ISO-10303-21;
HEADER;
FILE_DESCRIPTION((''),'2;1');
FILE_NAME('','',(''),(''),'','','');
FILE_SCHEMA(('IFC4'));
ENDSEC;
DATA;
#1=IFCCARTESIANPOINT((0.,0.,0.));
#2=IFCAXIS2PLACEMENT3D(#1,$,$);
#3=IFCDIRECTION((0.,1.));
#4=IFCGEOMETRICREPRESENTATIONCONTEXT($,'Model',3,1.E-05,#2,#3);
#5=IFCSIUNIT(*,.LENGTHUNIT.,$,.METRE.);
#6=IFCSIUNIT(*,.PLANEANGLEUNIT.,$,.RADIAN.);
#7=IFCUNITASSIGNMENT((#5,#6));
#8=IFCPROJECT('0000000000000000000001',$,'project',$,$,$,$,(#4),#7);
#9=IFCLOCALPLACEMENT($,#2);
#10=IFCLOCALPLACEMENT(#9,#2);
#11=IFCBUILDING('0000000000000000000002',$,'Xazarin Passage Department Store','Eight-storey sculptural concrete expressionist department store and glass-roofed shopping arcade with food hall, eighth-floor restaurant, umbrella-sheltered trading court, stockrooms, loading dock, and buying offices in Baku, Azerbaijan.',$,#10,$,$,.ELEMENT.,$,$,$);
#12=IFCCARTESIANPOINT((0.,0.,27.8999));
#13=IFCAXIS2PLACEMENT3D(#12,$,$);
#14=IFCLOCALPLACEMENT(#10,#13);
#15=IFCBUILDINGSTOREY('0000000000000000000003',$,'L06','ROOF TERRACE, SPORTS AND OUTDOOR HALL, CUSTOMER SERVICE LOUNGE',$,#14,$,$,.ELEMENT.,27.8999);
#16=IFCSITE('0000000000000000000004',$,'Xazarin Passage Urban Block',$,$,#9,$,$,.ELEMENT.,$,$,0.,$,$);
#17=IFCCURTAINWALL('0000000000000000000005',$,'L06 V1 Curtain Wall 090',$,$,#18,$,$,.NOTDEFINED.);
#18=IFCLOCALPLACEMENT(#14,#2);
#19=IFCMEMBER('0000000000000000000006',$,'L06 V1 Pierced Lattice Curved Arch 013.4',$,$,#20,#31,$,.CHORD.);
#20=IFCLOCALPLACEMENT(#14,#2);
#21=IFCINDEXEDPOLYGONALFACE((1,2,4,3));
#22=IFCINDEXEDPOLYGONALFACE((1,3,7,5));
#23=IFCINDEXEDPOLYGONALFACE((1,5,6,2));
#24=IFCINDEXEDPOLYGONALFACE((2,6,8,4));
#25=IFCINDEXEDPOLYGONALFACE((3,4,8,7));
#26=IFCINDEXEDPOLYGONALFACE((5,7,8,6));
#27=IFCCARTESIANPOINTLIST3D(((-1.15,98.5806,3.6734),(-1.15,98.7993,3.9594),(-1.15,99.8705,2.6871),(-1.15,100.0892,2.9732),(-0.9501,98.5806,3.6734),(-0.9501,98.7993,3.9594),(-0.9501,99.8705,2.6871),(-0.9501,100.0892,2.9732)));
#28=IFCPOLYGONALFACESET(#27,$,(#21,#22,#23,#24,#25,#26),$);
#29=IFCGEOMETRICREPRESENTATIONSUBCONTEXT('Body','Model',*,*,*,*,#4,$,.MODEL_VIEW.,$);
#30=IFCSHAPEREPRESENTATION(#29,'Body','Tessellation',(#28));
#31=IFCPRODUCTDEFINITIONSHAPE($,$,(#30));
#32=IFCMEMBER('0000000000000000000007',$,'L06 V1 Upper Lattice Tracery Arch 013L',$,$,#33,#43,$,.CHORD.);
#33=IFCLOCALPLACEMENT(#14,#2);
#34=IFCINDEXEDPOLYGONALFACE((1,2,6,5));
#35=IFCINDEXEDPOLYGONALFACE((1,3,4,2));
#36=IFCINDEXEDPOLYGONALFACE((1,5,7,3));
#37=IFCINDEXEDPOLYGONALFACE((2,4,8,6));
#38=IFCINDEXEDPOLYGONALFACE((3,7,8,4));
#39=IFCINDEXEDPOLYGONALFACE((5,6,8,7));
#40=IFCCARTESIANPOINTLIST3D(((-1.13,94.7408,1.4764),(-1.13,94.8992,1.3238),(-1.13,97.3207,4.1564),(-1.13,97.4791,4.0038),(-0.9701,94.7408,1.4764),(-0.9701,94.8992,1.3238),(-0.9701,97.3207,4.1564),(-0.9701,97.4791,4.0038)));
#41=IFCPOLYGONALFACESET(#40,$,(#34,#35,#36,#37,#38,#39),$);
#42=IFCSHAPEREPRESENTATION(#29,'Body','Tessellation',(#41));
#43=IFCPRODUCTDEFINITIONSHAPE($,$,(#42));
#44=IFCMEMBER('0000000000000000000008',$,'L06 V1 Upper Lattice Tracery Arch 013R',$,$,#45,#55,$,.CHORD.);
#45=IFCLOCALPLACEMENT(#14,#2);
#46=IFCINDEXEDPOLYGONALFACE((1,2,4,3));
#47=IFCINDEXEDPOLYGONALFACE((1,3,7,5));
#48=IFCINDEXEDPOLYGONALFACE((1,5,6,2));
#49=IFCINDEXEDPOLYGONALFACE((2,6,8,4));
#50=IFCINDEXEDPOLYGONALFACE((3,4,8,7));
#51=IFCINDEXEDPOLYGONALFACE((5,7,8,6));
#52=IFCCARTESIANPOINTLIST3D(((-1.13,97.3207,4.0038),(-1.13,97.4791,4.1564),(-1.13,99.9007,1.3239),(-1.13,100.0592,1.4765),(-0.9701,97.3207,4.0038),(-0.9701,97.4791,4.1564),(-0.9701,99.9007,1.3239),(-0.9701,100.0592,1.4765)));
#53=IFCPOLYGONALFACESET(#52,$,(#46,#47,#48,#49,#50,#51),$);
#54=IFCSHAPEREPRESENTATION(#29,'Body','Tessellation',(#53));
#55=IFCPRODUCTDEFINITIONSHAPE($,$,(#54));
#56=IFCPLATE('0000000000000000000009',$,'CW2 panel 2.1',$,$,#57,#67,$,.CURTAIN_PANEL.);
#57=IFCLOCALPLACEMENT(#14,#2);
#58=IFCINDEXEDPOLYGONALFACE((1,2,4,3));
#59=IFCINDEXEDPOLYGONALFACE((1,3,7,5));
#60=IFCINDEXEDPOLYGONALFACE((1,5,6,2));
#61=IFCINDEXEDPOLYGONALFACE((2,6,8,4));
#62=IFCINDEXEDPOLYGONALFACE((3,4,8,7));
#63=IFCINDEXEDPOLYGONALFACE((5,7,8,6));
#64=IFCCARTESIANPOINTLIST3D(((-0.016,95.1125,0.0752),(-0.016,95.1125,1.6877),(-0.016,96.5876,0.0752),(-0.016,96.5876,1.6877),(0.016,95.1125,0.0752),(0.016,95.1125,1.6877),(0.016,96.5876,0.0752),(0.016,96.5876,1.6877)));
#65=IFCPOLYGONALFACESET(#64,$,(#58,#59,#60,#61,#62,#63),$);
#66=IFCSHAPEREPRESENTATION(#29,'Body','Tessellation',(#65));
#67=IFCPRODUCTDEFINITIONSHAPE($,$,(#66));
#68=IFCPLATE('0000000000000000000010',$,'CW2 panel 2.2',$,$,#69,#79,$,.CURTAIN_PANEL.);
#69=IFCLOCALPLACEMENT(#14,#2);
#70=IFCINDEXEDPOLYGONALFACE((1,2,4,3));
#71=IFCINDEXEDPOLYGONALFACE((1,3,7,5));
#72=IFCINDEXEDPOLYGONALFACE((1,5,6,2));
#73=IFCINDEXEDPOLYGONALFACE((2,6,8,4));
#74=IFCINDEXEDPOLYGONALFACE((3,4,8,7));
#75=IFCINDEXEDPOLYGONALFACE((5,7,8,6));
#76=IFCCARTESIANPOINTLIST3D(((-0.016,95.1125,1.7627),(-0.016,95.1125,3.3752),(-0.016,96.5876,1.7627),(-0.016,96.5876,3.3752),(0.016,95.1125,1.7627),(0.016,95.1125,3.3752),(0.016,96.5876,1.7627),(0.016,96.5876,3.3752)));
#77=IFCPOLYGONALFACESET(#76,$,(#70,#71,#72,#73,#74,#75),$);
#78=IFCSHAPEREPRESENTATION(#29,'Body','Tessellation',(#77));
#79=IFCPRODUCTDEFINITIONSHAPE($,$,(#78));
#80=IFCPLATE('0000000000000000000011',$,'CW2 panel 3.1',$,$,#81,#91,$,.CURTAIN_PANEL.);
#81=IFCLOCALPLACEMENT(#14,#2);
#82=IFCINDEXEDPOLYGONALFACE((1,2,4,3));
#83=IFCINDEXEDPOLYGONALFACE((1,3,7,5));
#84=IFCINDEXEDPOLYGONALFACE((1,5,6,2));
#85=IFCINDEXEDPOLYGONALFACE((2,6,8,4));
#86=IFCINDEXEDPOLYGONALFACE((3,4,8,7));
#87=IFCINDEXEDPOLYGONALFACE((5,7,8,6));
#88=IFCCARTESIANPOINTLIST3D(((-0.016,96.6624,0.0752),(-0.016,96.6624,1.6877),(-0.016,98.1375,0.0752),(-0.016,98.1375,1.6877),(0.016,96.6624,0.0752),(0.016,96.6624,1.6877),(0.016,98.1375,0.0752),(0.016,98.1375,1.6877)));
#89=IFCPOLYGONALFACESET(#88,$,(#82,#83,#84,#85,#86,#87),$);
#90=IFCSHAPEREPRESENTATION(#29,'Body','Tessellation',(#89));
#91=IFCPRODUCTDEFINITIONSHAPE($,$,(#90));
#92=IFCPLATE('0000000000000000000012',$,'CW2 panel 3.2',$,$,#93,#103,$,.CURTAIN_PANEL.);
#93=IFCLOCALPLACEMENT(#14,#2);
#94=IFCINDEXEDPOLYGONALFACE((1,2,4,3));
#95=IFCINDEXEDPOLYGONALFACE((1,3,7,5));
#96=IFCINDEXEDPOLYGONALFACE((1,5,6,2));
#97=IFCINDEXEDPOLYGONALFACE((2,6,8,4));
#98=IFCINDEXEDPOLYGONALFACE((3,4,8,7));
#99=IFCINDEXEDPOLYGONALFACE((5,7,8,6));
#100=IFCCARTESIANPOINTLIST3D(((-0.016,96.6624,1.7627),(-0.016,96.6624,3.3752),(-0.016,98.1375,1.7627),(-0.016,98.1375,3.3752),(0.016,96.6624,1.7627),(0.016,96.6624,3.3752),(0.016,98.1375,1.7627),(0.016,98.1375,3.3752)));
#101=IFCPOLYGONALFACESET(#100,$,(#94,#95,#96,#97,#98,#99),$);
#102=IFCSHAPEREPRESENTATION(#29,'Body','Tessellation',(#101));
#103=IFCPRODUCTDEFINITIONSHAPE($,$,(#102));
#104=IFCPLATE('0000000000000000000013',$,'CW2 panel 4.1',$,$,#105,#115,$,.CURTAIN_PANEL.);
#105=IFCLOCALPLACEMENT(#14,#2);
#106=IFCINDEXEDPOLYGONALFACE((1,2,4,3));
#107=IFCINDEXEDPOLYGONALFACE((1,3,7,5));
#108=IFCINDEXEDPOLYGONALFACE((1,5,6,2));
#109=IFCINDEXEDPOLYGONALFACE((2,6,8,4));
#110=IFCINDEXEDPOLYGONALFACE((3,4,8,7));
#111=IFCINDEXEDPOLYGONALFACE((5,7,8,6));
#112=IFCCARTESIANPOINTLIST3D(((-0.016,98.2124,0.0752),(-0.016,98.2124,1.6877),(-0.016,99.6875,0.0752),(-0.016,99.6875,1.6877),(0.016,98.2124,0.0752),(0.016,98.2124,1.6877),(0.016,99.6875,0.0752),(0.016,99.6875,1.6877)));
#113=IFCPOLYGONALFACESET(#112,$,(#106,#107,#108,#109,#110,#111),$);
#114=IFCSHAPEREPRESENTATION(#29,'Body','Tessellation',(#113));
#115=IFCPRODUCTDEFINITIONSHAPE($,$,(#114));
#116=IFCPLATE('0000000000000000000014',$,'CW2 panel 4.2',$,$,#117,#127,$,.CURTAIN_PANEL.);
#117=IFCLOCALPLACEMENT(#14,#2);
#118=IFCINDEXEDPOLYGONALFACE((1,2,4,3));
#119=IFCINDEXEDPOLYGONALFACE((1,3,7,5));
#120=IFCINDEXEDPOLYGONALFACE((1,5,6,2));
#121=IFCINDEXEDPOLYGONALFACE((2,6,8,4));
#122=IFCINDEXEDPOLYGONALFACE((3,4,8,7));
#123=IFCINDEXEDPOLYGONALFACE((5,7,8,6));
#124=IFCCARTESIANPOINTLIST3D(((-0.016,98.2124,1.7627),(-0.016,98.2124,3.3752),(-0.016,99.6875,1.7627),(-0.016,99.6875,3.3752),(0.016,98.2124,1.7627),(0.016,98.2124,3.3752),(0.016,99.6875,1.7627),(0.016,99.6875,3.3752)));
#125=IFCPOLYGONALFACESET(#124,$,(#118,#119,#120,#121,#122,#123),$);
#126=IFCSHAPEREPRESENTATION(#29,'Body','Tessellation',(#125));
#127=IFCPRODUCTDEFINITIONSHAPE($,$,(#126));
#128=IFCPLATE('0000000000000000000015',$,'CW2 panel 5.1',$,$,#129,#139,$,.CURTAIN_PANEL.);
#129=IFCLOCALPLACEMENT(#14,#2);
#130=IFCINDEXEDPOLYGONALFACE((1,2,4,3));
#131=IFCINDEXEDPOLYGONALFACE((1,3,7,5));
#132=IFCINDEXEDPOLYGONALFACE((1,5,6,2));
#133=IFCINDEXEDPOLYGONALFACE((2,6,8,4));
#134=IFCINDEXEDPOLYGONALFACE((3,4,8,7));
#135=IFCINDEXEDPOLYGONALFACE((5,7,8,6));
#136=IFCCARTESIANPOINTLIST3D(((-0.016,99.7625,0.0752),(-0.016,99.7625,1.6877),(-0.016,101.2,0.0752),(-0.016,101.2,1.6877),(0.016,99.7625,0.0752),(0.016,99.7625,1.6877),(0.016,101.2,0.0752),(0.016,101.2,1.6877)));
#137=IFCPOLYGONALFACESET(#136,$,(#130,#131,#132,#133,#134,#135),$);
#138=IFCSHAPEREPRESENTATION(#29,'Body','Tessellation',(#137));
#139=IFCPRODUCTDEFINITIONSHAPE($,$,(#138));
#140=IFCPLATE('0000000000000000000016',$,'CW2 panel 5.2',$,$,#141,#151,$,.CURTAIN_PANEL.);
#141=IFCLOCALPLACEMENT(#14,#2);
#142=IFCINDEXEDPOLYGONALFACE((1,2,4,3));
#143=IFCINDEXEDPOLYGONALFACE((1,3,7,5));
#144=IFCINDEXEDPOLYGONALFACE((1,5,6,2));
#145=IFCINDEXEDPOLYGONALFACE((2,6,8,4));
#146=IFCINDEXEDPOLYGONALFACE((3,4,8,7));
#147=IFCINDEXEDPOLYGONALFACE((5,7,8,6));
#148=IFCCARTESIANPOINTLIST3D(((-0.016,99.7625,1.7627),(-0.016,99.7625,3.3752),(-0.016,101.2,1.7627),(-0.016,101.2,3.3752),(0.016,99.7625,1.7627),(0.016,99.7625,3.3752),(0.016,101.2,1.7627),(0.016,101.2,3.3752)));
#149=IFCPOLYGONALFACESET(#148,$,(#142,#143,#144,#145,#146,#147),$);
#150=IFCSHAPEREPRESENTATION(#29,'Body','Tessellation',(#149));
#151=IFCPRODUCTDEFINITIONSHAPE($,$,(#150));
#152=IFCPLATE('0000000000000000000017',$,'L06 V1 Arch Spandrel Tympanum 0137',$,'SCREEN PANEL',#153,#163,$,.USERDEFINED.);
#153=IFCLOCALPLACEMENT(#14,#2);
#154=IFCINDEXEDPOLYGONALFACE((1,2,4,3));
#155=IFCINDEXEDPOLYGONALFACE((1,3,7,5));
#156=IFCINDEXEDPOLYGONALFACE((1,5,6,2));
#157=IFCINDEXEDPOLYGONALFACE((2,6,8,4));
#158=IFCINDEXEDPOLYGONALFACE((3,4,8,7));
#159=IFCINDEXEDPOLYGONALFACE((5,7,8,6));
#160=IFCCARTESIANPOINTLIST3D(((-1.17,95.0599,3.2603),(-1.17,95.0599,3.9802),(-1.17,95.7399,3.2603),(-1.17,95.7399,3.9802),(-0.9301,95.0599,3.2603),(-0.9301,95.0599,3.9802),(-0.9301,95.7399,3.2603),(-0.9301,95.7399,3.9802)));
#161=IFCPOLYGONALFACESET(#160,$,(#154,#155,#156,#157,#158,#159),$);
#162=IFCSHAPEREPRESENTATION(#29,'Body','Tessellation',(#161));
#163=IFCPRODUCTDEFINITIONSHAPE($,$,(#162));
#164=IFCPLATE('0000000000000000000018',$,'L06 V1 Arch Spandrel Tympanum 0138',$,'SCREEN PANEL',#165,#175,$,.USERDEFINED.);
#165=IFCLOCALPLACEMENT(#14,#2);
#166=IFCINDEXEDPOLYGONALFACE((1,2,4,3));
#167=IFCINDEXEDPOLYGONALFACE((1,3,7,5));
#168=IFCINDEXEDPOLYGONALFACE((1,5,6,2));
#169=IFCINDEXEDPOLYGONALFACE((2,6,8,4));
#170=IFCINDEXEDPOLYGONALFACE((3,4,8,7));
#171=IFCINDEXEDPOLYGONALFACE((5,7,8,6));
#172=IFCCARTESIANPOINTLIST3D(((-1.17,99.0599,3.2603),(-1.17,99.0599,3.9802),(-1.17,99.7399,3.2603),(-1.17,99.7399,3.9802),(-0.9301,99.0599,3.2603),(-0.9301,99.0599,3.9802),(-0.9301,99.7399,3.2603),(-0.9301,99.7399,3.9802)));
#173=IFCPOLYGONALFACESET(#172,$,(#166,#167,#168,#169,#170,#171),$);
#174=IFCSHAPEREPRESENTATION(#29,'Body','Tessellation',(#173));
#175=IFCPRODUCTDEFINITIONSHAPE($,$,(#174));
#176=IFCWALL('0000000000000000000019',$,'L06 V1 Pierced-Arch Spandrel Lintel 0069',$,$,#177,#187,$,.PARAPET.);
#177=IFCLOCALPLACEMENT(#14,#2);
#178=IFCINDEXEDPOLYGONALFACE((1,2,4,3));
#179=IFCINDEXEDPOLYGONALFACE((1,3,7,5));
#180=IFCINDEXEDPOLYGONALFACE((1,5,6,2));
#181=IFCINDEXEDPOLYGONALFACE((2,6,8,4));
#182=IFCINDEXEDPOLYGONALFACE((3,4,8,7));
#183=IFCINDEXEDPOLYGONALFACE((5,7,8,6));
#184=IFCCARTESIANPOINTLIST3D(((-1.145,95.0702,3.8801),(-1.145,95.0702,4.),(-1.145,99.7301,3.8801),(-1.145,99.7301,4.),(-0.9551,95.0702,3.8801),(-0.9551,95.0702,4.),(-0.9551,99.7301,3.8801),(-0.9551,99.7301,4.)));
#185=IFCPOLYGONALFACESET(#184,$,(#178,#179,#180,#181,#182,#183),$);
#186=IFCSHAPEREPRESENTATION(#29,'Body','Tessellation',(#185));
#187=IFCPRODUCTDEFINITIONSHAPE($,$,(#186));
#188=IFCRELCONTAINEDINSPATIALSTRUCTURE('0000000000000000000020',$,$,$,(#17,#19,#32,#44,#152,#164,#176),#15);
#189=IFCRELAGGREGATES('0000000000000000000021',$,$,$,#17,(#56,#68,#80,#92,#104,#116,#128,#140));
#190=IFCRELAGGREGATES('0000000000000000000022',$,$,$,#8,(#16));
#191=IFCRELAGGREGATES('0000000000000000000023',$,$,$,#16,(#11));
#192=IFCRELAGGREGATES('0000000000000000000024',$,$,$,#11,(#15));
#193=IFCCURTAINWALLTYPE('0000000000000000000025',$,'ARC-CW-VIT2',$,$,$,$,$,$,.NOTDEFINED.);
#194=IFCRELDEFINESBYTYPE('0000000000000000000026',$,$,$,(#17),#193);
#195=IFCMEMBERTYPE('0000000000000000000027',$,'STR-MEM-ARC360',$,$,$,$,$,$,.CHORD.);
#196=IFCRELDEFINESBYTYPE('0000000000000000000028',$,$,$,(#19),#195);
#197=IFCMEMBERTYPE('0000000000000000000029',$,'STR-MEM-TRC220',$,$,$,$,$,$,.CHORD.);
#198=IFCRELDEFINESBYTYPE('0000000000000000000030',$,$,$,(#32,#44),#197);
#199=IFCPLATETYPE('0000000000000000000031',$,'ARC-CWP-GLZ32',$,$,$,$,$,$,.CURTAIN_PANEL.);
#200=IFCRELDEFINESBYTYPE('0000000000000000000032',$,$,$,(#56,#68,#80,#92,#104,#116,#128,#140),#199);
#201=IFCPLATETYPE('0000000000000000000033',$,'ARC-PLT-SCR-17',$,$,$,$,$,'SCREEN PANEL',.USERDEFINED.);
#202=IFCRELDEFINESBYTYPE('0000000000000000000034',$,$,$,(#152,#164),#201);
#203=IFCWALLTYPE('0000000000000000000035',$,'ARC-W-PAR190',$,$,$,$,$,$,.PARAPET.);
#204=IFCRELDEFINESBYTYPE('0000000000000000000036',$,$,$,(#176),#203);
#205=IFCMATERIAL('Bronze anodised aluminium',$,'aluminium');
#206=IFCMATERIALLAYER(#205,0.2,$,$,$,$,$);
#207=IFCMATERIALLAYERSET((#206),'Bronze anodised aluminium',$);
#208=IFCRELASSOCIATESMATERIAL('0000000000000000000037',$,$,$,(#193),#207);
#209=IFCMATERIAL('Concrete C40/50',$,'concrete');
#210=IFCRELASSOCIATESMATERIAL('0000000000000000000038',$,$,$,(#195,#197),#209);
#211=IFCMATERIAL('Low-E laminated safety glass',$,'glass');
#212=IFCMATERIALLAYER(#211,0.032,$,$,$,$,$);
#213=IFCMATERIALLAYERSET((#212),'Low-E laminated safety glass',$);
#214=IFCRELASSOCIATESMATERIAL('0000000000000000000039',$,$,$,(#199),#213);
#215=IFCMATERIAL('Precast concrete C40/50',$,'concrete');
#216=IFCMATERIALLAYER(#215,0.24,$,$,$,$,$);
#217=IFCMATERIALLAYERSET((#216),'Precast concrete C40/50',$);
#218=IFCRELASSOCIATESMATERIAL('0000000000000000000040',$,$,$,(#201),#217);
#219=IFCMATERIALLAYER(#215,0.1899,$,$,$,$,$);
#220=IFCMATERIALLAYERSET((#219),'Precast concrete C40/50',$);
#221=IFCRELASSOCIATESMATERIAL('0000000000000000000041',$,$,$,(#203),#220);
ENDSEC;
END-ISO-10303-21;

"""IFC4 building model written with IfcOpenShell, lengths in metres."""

from ifc_helpers import new_model, si_unit, direction, frame, frame_2d, origin, origin_2d, place, context, subcontext, project, spatial, rectangle, extrude, material, layer, layer_set, material_profile, profile_set, type_object, element, aggregate, save


model = new_model("IFC4")

# Units and contexts
model_context = context("Model", 3, precision=1e-05, world=origin(), true_north=direction((0.0, 1.0)))
body_context = subcontext(model_context, "Body", "Model", "MODEL_VIEW")
ifc_project = project(units=[si_unit("LENGTHUNIT", "METRE"), si_unit("PLANEANGLEUNIT", "RADIAN")], contexts=[model_context])

# Site, building, storey
site_placement = place(None, origin())
site = spatial("IfcSite", under=ifc_project, at=site_placement, Name="Xazarin Passage Urban Block", CompositionType="ELEMENT", RefElevation=0.0)
building_placement = place(site_placement, origin())
building = spatial("IfcBuilding", under=site, at=building_placement, Name="Xazarin Passage Department Store", Description="Eight-storey sculptural concrete expressionist department store and glass-roofed shopping arcade with food hall, eighth-floor restaurant, umbrella-sheltered trading court, stockrooms, loading dock, and buying offices in Baku, Azerbaijan.", CompositionType="ELEMENT")
storey_placement = place(building_placement, frame((0.0, 0.0, 27.8999)))
storey = spatial("IfcBuildingStorey", under=building, at=storey_placement, Name="L06", Description="ROOF TERRACE, SPORTS AND OUTDOOR HALL, CUSTOMER SERVICE LOUNGE", CompositionType="ELEMENT", Elevation=27.8999)

# Shared definitions
ifc_material_1 = material(Name="Concrete C40/50", Category="concrete")

# Curtain wall
ifc_material_2 = material(Name="Bronze anodised aluminium", Category="aluminium")
ifc_layer_1 = layer(ifc_material_2, 0.2)
ifc_layer_set_1 = layer_set([ifc_layer_1], Name="Bronze anodised aluminium")
curtain_wall_type = type_object("IfcCurtainWallType", Name="ARC-CW-VIT2", PredefinedType="NOTDEFINED", material=ifc_layer_set_1)
curtain_wall_placement = place(storey_placement, origin())
curtain_wall = element("IfcCurtainWall", 1, at=curtain_wall_placement, inside=storey, type_object=curtain_wall_type, Name="L06 V1 Curtain Wall 090", PredefinedType="NOTDEFINED")

# Members
ifc_material_profile_1 = material_profile(ifc_material_1, rectangle(XDim=0.2, YDim=0.3601, at=origin_2d()), Name="RC 200x360")
ifc_profile_set_1 = profile_set([ifc_material_profile_1], Name="Concrete C40/50")
member_type_1 = type_object("IfcMemberType", Name="STR-MEM-ARC360", PredefinedType="CHORD", material=ifc_profile_set_1)
member_1_placement = place(storey_placement, frame((-1.05, 98.6899, 3.8164), z_axis=(0.0, 0.794409, -0.607383), x_axis=(-1.0, 0.0, 0.0)))
element("IfcMember", 2, at=member_1_placement, inside=storey, type_object=member_type_1, Name="L06 V1 Pierced Lattice Curved Arch 013.4", PredefinedType="CHORD", context=body_context, shape_type="SweptSolid", body=[
    extrude(rectangle(XDim=0.2, YDim=0.3601, at=origin_2d()), origin(), (0.0, 0.0, 1.0), 1.6238),
])
ifc_material_profile_2 = material_profile(ifc_material_1, rectangle(XDim=0.1599, YDim=0.22, at=origin_2d()), Name="RC 160x220")
ifc_profile_set_2 = profile_set([ifc_material_profile_2], Name="Concrete C40/50")
member_type_2 = type_object("IfcMemberType", Name="STR-MEM-TRC220", PredefinedType="CHORD", material=ifc_profile_set_2)
for number, where, z_axis, x_axis, name in (
    (3, (-1.05, 97.3999, 4.0801), (0.0, -0.693524, -0.720433), (1.0, 0.0, 0.0), "L06 V1 Upper Lattice Tracery Arch 013L"),
    (4, (-1.05, 97.3999, 4.0801), (0.0, 0.693558, -0.7204), (-1.0, 0.0, 0.0), "L06 V1 Upper Lattice Tracery Arch 013R"),
):
    element("IfcMember", number, at=place(storey_placement, frame(where, z_axis=z_axis, x_axis=x_axis)), inside=storey, type_object=member_type_2, Name=name, PredefinedType="CHORD", context=body_context, shape_type="SweptSolid", body=[
        extrude(rectangle(XDim=0.1599, YDim=0.22, at=origin_2d()), origin(), (0.0, 0.0, 1.0), 3.72),
    ])

# Plates
ifc_material_3 = material(Name="Low-E laminated safety glass", Category="glass")
ifc_layer_2 = layer(ifc_material_3, 0.032)
ifc_layer_set_2 = layer_set([ifc_layer_2], Name="Low-E laminated safety glass")
plate_type_1 = type_object("IfcPlateType", Name="ARC-CWP-GLZ32", PredefinedType="CURTAIN_PANEL", material=ifc_layer_set_2)
plate_1_placement = place(storey_placement, frame((0.0, 95.8501, 0.0752), z_axis=(0.0, 0.0, 1.0), x_axis=(0.0, 1.0, 0.0)))
plate_1 = element("IfcPlate", 5, at=plate_1_placement, type_object=plate_type_1, Name="CW2 panel 2.1", PredefinedType="CURTAIN_PANEL", context=body_context, shape_type="SweptSolid", body=[
    extrude(rectangle(XDim=1.4751, YDim=0.032, at=origin_2d()), origin(), (0.0, 0.0, 1.0), 1.6125),
])
plate_2_placement = place(storey_placement, frame((0.0, 95.8501, 1.7627), z_axis=(0.0, 0.0, 1.0), x_axis=(0.0, 1.0, 0.0)))
plate_2 = element("IfcPlate", 6, at=plate_2_placement, type_object=plate_type_1, Name="CW2 panel 2.2", PredefinedType="CURTAIN_PANEL", context=body_context, shape_type="SweptSolid", body=[
    extrude(rectangle(XDim=1.4751, YDim=0.032, at=origin_2d()), origin(), (0.0, 0.0, 1.0), 1.6125),
])
plate_3_placement = place(storey_placement, frame((0.0, 97.3999, 0.0752), z_axis=(0.0, 0.0, 1.0), x_axis=(0.0, 1.0, 0.0)))
plate_3 = element("IfcPlate", 7, at=plate_3_placement, type_object=plate_type_1, Name="CW2 panel 3.1", PredefinedType="CURTAIN_PANEL", context=body_context, shape_type="SweptSolid", body=[
    extrude(rectangle(XDim=1.4751, YDim=0.032, at=origin_2d()), origin(), (0.0, 0.0, 1.0), 1.6125),
])
plate_4_placement = place(storey_placement, frame((0.0, 97.3999, 1.7627), z_axis=(0.0, 0.0, 1.0), x_axis=(0.0, 1.0, 0.0)))
plate_4 = element("IfcPlate", 8, at=plate_4_placement, type_object=plate_type_1, Name="CW2 panel 3.2", PredefinedType="CURTAIN_PANEL", context=body_context, shape_type="SweptSolid", body=[
    extrude(rectangle(XDim=1.4751, YDim=0.032, at=origin_2d()), origin(), (0.0, 0.0, 1.0), 1.6125),
])
plate_5_placement = place(storey_placement, frame((0.0, 98.95, 0.0752), z_axis=(0.0, 0.0, 1.0), x_axis=(0.0, 1.0, 0.0)))
plate_5 = element("IfcPlate", 9, at=plate_5_placement, type_object=plate_type_1, Name="CW2 panel 4.1", PredefinedType="CURTAIN_PANEL", context=body_context, shape_type="SweptSolid", body=[
    extrude(rectangle(XDim=1.4751, YDim=0.032, at=origin_2d()), origin(), (0.0, 0.0, 1.0), 1.6125),
])
plate_6_placement = place(storey_placement, frame((0.0, 98.95, 1.7627), z_axis=(0.0, 0.0, 1.0), x_axis=(0.0, 1.0, 0.0)))
plate_6 = element("IfcPlate", 10, at=plate_6_placement, type_object=plate_type_1, Name="CW2 panel 4.2", PredefinedType="CURTAIN_PANEL", context=body_context, shape_type="SweptSolid", body=[
    extrude(rectangle(XDim=1.4751, YDim=0.032, at=origin_2d()), origin(), (0.0, 0.0, 1.0), 1.6125),
])
plate_7_placement = place(storey_placement, frame((0.0, 100.4812, 0.0752), z_axis=(0.0, 0.0, 1.0), x_axis=(0.0, 1.0, 0.0)))
plate_7 = element("IfcPlate", 11, at=plate_7_placement, type_object=plate_type_1, Name="CW2 panel 5.1", PredefinedType="CURTAIN_PANEL", context=body_context, shape_type="SweptSolid", body=[
    extrude(rectangle(XDim=1.4375, YDim=0.032, at=origin_2d()), origin(), (0.0, 0.0, 1.0), 1.6125),
])
plate_8_placement = place(storey_placement, frame((0.0, 100.4812, 1.7627), z_axis=(0.0, 0.0, 1.0), x_axis=(0.0, 1.0, 0.0)))
plate_8 = element("IfcPlate", 12, at=plate_8_placement, type_object=plate_type_1, Name="CW2 panel 5.2", PredefinedType="CURTAIN_PANEL", context=body_context, shape_type="SweptSolid", body=[
    extrude(rectangle(XDim=1.4375, YDim=0.032, at=origin_2d()), origin(), (0.0, 0.0, 1.0), 1.6125),
])
aggregate(curtain_wall, [plate_1, plate_2, plate_3, plate_4, plate_5, plate_6, plate_7, plate_8])

# Plates
ifc_material_4 = material(Name="Precast concrete C40/50", Category="concrete")
ifc_layer_3 = layer(ifc_material_4, 0.24)
ifc_layer_set_3 = layer_set([ifc_layer_3], Name="Precast concrete C40/50")
plate_type_2 = type_object("IfcPlateType", Name="ARC-PLT-SCR-17", ElementType="SCREEN PANEL", PredefinedType="USERDEFINED", material=ifc_layer_set_3)
for number, where, z_axis, x_axis, name in (
    (13, (-1.05, 95.3999, 3.2603), (0.0, 0.0, 1.0), (0.0, 1.0, 0.0), "L06 V1 Arch Spandrel Tympanum 0137"),
    (14, (-1.05, 99.3999, 3.2603), (0.0, 0.0, 1.0), (0.0, 1.0, 0.0), "L06 V1 Arch Spandrel Tympanum 0138"),
):
    element("IfcPlate", number, at=place(storey_placement, frame(where, z_axis=z_axis, x_axis=x_axis)), inside=storey, type_object=plate_type_2, Name=name, ObjectType="SCREEN PANEL", PredefinedType="USERDEFINED", context=body_context, shape_type="SweptSolid", body=[
        extrude(rectangle(XDim=0.6799, YDim=0.24, at=origin_2d()), origin(), (0.0, 0.0, 1.0), 0.72),
    ])

# Wall
ifc_layer_4 = layer(ifc_material_4, 0.1899)
ifc_layer_set_4 = layer_set([ifc_layer_4], Name="Precast concrete C40/50")
wall_type = type_object("IfcWallType", Name="ARC-W-PAR190", PredefinedType="PARAPET", material=ifc_layer_set_4)
wall_placement = place(storey_placement, frame((-1.05, 95.0701, 3.8801), z_axis=(0.0, 0.0, 1.0), x_axis=(0.0, 1.0, 0.0)))
element("IfcWall", 15, at=wall_placement, inside=storey, type_object=wall_type, Name="L06 V1 Pierced-Arch Spandrel Lintel 0069", PredefinedType="PARAPET", context=body_context, shape_type="SweptSolid", body=[
    extrude(rectangle(XDim=4.6599, YDim=0.1899, at=frame_2d((2.3301, 0.0))), origin(), (0.0, 0.0, 1.0), 0.1199),
])

save(model, "model.ifc")
